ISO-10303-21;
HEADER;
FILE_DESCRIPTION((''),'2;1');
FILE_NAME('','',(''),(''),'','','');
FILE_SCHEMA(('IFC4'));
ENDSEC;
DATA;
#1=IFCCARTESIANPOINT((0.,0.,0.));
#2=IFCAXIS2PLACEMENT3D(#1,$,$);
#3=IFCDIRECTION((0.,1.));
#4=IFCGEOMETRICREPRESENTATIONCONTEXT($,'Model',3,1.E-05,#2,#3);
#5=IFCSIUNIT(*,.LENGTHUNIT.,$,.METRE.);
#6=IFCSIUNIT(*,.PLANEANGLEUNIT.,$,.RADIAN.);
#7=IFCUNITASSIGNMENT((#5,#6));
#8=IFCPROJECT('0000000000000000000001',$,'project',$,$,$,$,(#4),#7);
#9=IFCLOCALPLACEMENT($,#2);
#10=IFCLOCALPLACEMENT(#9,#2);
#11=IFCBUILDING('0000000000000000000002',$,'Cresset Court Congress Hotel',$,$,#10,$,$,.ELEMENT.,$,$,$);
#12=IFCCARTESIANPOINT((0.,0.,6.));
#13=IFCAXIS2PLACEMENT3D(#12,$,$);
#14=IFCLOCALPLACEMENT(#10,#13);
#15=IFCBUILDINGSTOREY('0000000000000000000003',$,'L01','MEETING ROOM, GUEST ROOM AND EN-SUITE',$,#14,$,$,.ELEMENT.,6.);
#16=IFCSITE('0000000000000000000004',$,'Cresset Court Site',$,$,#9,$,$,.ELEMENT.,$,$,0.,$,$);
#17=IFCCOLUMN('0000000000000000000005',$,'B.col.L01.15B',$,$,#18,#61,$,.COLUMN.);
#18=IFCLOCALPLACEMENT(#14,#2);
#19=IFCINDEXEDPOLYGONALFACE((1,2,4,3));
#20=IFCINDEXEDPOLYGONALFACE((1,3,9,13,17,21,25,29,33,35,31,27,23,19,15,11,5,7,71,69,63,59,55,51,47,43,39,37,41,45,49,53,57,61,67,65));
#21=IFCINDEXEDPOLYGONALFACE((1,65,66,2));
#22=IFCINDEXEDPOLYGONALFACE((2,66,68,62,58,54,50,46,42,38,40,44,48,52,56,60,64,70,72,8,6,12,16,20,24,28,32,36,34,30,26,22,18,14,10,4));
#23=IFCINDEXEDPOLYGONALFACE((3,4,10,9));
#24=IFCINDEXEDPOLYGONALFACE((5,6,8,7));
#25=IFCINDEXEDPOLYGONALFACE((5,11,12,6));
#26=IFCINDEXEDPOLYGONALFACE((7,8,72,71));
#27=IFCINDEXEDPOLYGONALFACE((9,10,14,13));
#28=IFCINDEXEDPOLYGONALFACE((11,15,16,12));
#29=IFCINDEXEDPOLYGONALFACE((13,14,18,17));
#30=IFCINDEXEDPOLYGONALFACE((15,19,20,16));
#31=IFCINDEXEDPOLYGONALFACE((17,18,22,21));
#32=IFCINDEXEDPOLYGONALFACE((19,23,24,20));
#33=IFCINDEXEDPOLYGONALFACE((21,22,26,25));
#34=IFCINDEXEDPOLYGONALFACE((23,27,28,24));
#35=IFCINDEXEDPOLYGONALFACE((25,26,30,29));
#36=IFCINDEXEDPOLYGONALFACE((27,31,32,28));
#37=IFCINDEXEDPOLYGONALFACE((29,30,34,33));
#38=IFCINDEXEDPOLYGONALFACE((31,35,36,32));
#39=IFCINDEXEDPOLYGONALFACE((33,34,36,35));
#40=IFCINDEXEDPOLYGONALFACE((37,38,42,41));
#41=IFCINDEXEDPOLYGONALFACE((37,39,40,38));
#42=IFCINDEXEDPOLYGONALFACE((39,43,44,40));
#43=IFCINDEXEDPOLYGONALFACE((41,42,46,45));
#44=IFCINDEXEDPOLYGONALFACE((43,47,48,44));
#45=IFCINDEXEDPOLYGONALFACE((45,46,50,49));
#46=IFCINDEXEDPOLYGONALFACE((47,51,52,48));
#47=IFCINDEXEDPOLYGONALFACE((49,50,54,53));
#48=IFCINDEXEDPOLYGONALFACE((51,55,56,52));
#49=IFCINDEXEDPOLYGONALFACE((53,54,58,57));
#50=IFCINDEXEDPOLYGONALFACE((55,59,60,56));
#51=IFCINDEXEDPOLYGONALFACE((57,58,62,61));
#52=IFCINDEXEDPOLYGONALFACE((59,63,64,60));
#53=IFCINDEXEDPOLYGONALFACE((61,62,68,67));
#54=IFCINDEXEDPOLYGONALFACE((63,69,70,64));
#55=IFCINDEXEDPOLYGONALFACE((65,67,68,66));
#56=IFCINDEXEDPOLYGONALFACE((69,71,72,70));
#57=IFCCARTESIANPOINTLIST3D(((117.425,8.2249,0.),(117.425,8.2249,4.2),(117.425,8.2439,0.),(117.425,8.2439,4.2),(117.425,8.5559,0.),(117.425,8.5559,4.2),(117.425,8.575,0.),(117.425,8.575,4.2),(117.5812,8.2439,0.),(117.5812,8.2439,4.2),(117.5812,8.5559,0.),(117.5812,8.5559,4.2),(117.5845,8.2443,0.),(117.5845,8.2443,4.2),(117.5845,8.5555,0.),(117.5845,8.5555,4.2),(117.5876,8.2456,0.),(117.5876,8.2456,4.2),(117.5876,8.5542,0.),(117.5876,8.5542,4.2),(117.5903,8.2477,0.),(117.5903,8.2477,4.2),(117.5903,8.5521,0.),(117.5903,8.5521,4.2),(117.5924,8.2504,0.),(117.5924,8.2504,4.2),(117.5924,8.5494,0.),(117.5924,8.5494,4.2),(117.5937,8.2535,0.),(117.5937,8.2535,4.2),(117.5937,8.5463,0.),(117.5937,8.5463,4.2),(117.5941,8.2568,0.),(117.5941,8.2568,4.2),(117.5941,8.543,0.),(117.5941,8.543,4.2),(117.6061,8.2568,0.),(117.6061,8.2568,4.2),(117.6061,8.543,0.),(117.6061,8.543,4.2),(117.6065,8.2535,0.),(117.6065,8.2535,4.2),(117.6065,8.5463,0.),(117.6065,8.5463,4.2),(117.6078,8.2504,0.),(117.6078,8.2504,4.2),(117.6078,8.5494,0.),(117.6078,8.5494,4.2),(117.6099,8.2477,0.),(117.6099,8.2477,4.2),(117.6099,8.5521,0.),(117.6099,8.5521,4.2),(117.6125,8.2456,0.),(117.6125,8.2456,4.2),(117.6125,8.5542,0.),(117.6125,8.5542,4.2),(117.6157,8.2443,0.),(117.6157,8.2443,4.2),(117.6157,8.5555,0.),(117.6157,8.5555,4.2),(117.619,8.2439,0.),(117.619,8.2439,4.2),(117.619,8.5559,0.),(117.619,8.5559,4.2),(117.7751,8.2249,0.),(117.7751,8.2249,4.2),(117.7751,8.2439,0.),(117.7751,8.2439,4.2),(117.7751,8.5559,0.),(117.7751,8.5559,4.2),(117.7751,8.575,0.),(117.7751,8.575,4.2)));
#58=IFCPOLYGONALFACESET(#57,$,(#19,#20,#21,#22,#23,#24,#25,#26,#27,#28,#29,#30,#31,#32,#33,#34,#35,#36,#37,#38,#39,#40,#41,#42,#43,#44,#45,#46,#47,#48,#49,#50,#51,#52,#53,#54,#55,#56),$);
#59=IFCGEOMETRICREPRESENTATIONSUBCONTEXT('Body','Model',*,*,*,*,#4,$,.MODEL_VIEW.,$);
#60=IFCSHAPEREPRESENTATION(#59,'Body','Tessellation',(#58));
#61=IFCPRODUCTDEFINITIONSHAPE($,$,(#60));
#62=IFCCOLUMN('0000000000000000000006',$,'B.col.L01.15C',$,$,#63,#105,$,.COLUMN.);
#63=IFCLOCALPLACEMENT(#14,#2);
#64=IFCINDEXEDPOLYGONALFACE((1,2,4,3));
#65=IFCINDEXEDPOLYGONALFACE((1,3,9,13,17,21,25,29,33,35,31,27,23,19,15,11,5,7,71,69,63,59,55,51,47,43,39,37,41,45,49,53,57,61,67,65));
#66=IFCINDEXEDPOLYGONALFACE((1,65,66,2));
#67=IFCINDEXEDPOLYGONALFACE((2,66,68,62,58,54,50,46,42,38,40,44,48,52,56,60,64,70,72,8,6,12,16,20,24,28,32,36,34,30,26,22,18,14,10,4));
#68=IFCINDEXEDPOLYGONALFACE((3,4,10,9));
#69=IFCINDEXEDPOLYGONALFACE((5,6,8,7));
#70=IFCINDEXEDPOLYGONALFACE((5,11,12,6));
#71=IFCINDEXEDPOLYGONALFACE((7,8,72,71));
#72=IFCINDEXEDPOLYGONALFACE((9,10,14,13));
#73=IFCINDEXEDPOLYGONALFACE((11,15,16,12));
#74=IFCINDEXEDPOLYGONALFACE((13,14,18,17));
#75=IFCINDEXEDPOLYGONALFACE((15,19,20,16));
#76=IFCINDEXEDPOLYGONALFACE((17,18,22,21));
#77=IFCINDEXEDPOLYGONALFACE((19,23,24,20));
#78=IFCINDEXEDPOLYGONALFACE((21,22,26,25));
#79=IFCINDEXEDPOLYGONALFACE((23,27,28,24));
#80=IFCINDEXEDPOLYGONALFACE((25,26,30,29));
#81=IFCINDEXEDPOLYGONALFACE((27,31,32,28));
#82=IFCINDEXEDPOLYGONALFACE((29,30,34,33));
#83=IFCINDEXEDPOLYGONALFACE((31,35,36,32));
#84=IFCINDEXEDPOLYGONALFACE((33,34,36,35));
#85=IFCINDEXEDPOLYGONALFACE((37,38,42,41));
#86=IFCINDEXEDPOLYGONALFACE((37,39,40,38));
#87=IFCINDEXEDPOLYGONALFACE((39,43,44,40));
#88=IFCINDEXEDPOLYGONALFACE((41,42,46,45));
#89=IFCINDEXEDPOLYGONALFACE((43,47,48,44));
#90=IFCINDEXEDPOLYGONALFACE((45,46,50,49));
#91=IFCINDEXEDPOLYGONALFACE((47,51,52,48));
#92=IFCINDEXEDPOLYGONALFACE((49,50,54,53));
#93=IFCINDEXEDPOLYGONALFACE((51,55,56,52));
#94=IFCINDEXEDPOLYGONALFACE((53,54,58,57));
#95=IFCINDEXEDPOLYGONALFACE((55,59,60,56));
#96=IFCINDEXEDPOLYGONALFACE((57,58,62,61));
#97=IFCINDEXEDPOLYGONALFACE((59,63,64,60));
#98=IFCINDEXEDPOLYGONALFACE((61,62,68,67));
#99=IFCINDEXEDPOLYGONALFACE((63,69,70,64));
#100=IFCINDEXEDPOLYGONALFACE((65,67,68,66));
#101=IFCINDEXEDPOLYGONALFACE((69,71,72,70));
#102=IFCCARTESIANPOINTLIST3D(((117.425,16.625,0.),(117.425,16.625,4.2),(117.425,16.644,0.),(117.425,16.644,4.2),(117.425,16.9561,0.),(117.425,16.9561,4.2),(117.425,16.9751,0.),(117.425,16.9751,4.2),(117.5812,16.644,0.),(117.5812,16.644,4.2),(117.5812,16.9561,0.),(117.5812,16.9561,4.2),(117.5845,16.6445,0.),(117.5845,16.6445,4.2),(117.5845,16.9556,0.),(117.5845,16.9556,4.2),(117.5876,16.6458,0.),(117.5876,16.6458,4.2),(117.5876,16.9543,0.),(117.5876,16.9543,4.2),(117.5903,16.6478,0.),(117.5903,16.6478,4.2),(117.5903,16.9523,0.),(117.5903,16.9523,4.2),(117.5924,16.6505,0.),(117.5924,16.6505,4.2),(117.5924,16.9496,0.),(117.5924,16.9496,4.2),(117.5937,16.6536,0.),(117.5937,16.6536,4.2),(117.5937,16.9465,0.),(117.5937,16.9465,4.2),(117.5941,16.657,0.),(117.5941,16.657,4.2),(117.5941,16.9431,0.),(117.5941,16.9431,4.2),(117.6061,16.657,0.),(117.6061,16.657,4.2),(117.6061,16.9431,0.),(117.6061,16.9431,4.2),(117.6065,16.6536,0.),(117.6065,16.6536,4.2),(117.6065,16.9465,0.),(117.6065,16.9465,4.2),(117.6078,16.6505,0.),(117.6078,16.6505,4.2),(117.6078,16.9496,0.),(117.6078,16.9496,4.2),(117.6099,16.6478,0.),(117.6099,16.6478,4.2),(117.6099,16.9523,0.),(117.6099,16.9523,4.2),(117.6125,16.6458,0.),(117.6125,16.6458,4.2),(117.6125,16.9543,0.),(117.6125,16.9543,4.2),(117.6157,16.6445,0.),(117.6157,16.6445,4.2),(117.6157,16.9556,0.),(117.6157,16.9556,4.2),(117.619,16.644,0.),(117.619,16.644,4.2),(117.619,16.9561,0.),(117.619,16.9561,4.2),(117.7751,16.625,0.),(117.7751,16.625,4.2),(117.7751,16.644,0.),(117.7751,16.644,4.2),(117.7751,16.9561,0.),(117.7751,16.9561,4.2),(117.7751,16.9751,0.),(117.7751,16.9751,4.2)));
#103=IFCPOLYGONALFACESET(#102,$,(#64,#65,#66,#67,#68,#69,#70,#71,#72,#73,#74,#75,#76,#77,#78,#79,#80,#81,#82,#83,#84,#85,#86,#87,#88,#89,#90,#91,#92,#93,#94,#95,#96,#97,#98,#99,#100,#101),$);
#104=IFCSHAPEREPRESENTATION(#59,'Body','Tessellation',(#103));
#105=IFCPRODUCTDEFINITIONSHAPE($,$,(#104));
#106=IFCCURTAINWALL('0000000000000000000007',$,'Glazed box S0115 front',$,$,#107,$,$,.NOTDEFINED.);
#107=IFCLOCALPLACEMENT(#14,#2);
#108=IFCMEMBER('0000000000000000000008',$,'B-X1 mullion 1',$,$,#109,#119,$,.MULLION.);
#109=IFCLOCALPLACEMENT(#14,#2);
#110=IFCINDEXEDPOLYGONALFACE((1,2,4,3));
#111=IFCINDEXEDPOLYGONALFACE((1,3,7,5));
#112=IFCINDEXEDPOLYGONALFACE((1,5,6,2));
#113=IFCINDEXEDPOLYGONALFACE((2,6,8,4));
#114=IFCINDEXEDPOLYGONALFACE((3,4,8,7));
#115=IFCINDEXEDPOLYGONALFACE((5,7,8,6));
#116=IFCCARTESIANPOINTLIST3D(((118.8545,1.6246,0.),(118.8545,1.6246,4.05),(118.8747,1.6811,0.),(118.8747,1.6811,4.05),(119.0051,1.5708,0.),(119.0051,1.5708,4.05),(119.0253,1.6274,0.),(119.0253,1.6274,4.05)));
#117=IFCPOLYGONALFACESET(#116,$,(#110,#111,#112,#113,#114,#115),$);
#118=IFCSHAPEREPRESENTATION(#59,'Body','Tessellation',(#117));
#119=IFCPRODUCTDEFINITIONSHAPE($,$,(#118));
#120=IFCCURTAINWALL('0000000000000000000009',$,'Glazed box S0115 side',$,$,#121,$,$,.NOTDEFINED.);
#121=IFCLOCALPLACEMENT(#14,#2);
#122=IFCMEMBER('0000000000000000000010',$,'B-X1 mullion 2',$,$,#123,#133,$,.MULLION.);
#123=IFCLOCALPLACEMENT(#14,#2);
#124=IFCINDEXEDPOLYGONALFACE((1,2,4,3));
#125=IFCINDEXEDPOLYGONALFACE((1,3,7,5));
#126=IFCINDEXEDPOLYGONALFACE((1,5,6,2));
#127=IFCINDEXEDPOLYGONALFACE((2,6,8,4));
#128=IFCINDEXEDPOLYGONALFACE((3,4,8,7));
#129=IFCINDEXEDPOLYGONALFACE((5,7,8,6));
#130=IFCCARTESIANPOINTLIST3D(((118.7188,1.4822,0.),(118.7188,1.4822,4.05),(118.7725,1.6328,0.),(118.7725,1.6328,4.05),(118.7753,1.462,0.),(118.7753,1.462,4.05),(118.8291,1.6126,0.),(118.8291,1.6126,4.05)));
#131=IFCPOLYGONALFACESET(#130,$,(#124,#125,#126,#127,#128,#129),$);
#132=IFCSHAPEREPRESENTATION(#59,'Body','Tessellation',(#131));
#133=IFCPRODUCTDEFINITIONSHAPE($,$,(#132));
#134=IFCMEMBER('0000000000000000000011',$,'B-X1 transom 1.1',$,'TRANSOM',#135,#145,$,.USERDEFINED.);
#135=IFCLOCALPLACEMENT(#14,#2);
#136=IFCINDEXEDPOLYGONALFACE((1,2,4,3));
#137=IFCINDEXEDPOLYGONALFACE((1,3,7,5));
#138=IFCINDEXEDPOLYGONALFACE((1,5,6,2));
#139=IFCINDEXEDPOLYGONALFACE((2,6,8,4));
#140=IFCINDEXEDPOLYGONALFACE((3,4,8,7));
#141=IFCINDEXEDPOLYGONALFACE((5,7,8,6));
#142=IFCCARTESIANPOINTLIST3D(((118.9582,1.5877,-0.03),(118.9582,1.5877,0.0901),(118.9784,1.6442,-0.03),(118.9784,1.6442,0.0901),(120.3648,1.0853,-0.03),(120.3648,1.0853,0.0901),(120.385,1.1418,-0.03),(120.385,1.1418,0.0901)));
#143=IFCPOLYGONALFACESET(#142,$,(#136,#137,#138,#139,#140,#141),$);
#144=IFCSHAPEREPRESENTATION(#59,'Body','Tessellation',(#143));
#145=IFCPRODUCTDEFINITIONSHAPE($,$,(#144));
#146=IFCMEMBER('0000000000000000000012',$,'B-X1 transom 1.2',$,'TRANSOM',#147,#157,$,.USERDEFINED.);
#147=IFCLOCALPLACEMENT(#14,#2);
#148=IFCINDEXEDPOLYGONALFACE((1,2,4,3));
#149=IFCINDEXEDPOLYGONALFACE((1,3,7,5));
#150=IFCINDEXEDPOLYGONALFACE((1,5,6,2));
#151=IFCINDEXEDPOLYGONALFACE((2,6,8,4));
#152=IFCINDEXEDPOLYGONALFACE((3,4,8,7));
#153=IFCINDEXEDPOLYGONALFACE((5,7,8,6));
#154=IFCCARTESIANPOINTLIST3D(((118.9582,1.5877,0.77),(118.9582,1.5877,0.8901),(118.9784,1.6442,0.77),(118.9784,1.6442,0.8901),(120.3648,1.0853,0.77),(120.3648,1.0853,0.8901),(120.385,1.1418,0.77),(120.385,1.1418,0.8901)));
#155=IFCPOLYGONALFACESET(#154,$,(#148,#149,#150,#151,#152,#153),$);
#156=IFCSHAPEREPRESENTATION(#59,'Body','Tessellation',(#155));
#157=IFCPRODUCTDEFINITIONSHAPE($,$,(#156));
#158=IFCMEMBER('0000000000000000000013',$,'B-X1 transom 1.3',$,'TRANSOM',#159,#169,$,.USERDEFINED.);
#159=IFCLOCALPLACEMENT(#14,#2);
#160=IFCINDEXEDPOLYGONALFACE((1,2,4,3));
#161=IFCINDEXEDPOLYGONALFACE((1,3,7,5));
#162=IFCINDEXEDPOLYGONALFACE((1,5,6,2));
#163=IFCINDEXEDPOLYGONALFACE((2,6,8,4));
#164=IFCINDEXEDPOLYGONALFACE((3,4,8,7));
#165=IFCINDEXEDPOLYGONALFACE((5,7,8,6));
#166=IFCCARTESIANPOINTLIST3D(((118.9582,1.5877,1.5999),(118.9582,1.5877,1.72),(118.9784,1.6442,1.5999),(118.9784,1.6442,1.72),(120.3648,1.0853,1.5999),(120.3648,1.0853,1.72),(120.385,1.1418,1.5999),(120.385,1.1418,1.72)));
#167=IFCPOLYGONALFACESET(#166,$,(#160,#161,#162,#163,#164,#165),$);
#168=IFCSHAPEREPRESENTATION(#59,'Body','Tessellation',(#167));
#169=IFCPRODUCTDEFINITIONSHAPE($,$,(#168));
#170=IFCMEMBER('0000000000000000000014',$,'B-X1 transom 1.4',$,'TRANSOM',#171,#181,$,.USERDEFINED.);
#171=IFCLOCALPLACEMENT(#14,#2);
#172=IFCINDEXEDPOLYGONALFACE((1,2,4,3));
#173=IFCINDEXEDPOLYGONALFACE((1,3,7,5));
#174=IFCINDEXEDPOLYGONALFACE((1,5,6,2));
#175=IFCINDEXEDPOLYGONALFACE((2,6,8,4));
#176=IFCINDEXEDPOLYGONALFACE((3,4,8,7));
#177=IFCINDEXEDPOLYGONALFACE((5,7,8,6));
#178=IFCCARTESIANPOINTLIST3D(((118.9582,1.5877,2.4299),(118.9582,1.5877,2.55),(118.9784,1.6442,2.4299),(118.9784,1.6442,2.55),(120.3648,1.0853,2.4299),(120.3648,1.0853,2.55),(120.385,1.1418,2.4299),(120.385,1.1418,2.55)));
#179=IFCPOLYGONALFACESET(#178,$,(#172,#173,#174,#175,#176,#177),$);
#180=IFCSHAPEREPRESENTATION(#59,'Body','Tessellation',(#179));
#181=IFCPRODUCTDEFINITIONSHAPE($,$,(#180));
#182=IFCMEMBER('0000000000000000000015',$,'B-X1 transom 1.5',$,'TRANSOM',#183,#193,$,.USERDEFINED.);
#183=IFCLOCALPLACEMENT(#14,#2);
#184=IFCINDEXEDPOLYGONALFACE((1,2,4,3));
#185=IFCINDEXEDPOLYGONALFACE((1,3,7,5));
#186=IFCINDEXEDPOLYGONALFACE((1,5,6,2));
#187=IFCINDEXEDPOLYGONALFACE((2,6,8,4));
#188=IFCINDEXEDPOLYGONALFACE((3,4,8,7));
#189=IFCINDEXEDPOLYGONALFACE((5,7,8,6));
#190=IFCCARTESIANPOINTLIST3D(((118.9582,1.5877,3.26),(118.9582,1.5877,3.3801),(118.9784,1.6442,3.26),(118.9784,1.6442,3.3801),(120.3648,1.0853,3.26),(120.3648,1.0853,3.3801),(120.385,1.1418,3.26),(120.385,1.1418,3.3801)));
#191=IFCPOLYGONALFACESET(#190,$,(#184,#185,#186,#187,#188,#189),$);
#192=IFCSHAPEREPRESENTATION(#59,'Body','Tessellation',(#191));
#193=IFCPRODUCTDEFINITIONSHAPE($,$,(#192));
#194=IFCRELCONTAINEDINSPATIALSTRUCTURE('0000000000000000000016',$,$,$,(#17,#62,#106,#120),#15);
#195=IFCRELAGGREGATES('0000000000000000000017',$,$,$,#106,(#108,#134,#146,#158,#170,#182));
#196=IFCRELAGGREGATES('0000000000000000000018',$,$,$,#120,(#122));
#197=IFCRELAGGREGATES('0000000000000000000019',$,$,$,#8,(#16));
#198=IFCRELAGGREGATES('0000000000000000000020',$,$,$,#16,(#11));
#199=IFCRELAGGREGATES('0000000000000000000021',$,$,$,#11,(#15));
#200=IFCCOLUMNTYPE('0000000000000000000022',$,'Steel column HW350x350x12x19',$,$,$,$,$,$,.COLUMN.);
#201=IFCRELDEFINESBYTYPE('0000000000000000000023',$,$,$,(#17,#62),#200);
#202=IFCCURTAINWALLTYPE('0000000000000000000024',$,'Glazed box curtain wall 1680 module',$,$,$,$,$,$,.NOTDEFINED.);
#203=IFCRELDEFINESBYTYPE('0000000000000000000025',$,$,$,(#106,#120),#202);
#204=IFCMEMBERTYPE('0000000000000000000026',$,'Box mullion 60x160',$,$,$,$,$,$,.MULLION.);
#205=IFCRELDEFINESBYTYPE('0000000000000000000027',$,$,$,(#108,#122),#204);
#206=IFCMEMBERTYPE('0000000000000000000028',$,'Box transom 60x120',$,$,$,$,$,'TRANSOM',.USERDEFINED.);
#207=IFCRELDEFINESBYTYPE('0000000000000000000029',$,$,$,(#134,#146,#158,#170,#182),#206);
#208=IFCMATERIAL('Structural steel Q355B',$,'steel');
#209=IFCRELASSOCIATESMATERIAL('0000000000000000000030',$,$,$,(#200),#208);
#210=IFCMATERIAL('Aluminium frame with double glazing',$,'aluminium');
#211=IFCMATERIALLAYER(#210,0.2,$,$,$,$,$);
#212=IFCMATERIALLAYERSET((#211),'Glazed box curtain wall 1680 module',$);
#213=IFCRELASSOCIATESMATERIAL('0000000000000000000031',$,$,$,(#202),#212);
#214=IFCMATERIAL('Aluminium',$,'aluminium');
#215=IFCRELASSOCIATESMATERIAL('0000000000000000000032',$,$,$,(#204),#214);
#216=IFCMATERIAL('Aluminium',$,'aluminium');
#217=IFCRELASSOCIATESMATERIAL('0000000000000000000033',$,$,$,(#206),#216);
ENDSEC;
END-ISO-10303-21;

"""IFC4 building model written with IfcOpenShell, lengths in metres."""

from ifc_helpers import new_model, si_unit, direction, frame, origin, origin_2d, place, context, subcontext, project, spatial, rectangle, i_section, extrude, material, layer, layer_set, material_profile, profile_set, type_object, element, aggregate, save


model = new_model("IFC4")

# Units and contexts
model_context = context("Model", 3, precision=1e-05, world=origin(), true_north=direction((0.0, 1.0)))
body_context = subcontext(model_context, "Body", "Model", "MODEL_VIEW")
ifc_project = project(units=[si_unit("LENGTHUNIT", "METRE"), si_unit("PLANEANGLEUNIT", "RADIAN")], contexts=[model_context])

# Site, building, storey
site_placement = place(None, origin())
site = spatial("IfcSite", under=ifc_project, at=site_placement, Name="Cresset Court Site", CompositionType="ELEMENT", RefElevation=0.0)
building_placement = place(site_placement, origin())
building = spatial("IfcBuilding", under=site, at=building_placement, Name="Cresset Court Congress Hotel", CompositionType="ELEMENT")
storey_placement = place(building_placement, frame((0.0, 0.0, 6.0)))
storey = spatial("IfcBuildingStorey", under=building, at=storey_placement, Name="L01", Description="MEETING ROOM, GUEST ROOM AND EN-SUITE", CompositionType="ELEMENT", Elevation=6.0)

# Columns
ifc_material_1 = material(Name="Structural steel Q355B", Category="steel")
ifc_material_profile_1 = material_profile(ifc_material_1, i_section(OverallWidth=0.3501, OverallDepth=0.3501, WebThickness=0.012, FlangeThickness=0.019, FilletRadius=0.0129, at=origin_2d()), Name="HW350x350x12x19")
ifc_profile_set_1 = profile_set([ifc_material_profile_1], Name="Structural steel Q355B")
column_type = type_object("IfcColumnType", Name="Steel column HW350x350x12x19", PredefinedType="COLUMN", material=ifc_profile_set_1)
for number, where, z_axis, x_axis, name in (
    (1, (117.6001, 8.3999, 0.0), (0.0, 0.0, 1.0), (1.0, 0.0, 0.0), "B.col.L01.15B"),
    (2, (117.6001, 16.8, 0.0), (0.0, 0.0, 1.0), (1.0, 0.0, 0.0), "B.col.L01.15C"),
):
    element("IfcColumn", number, at=place(storey_placement, frame(where, z_axis=z_axis, x_axis=x_axis)), inside=storey, type_object=column_type, Name=name, PredefinedType="COLUMN", context=body_context, shape_type="SweptSolid", body=[
        extrude(i_section(OverallWidth=0.3501, OverallDepth=0.3501, WebThickness=0.012, FlangeThickness=0.019, FilletRadius=0.0129, at=origin_2d()), origin(), (0.0, 0.0, 1.0), 4.2),
    ])

# Curtain walls, members
ifc_material_2 = material(Name="Aluminium frame with double glazing", Category="aluminium")
ifc_layer_1 = layer(ifc_material_2, 0.2)
ifc_layer_set_1 = layer_set([ifc_layer_1], Name="Glazed box curtain wall 1680 module")
curtain_wall_type = type_object("IfcCurtainWallType", Name="Glazed box curtain wall 1680 module", PredefinedType="NOTDEFINED", material=ifc_layer_set_1)
curtain_wall_1_placement = place(storey_placement, origin())
curtain_wall_1 = element("IfcCurtainWall", 3, at=curtain_wall_1_placement, inside=storey, type_object=curtain_wall_type, Name="Glazed box S0115 front", PredefinedType="NOTDEFINED")
ifc_material_3 = material(Name="Aluminium", Category="aluminium")
ifc_material_profile_2 = material_profile(ifc_material_3, rectangle(XDim=0.0601, YDim=0.1599, at=origin_2d()), Name="Box mullion 60x160")
ifc_profile_set_2 = profile_set([ifc_material_profile_2], Name="Aluminium")
member_type_1 = type_object("IfcMemberType", Name="Box mullion 60x160", PredefinedType="MULLION", material=ifc_profile_set_2)
member_1_placement = place(storey_placement, frame((118.9399, 1.626, 0.0), z_axis=(0.0, 0.0, 1.0), x_axis=(0.336336, 0.941742, 0.0)))
member_1 = element("IfcMember", 4, at=member_1_placement, type_object=member_type_1, Name="B-X1 mullion 1", PredefinedType="MULLION", context=body_context, shape_type="SweptSolid", body=[
    extrude(rectangle(XDim=0.0601, YDim=0.1599, at=origin_2d()), origin(), (0.0, 0.0, 1.0), 4.05),
])
curtain_wall_2_placement = place(storey_placement, origin())
curtain_wall_2 = element("IfcCurtainWall", 5, at=curtain_wall_2_placement, inside=storey, type_object=curtain_wall_type, Name="Glazed box S0115 side", PredefinedType="NOTDEFINED")
member_2_placement = place(storey_placement, frame((118.7739, 1.5474, 0.0), z_axis=(0.0, 0.0, 1.0), x_axis=(-0.941742, 0.336336, 0.0)))
member_2 = element("IfcMember", 6, at=member_2_placement, type_object=member_type_1, Name="B-X1 mullion 2", PredefinedType="MULLION", context=body_context, shape_type="SweptSolid", body=[
    extrude(rectangle(XDim=0.0601, YDim=0.1599, at=origin_2d()), origin(), (0.0, 0.0, 1.0), 4.05),
])

# Members
ifc_material_4 = material(Name="Aluminium", Category="aluminium")
ifc_material_profile_3 = material_profile(ifc_material_4, rectangle(XDim=0.0601, YDim=0.1201, at=origin_2d()), Name="Box transom 60x120")
ifc_profile_set_3 = profile_set([ifc_material_profile_3], Name="Aluminium")
member_type_2 = type_object("IfcMemberType", Name="Box transom 60x120", ElementType="TRANSOM", PredefinedType="USERDEFINED", material=ifc_profile_set_3)
member_3_placement = place(storey_placement, frame((118.9683, 1.616, 0.03), z_axis=(0.941735, -0.336357, 0.0), x_axis=(0.336357, 0.941735, 0.0)))
member_3 = element("IfcMember", 7, at=member_3_placement, type_object=member_type_2, Name="B-X1 transom 1.1", ObjectType="TRANSOM", PredefinedType="USERDEFINED", context=body_context, shape_type="SweptSolid", body=[
    extrude(rectangle(XDim=0.0601, YDim=0.1201, at=origin_2d()), origin(), (0.0, 0.0, 1.0), 1.4937),
])
member_4_placement = place(storey_placement, frame((118.9683, 1.616, 0.8301), z_axis=(0.941735, -0.336357, 0.0), x_axis=(0.336357, 0.941735, 0.0)))
member_4 = element("IfcMember", 8, at=member_4_placement, type_object=member_type_2, Name="B-X1 transom 1.2", ObjectType="TRANSOM", PredefinedType="USERDEFINED", context=body_context, shape_type="SweptSolid", body=[
    extrude(rectangle(XDim=0.0601, YDim=0.1201, at=origin_2d()), origin(), (0.0, 0.0, 1.0), 1.4937),
])
member_5_placement = place(storey_placement, frame((118.9683, 1.616, 1.6599), z_axis=(0.941735, -0.336357, 0.0), x_axis=(0.336357, 0.941735, 0.0)))
member_5 = element("IfcMember", 9, at=member_5_placement, type_object=member_type_2, Name="B-X1 transom 1.3", ObjectType="TRANSOM", PredefinedType="USERDEFINED", context=body_context, shape_type="SweptSolid", body=[
    extrude(rectangle(XDim=0.0601, YDim=0.1201, at=origin_2d()), origin(), (0.0, 0.0, 1.0), 1.4937),
])
member_6_placement = place(storey_placement, frame((118.9683, 1.616, 2.49), z_axis=(0.941735, -0.336357, 0.0), x_axis=(0.336357, 0.941735, 0.0)))
member_6 = element("IfcMember", 10, at=member_6_placement, type_object=member_type_2, Name="B-X1 transom 1.4", ObjectType="TRANSOM", PredefinedType="USERDEFINED", context=body_context, shape_type="SweptSolid", body=[
    extrude(rectangle(XDim=0.0601, YDim=0.1201, at=origin_2d()), origin(), (0.0, 0.0, 1.0), 1.4937),
])
member_7_placement = place(storey_placement, frame((118.9683, 1.616, 3.3201), z_axis=(0.941735, -0.336357, 0.0), x_axis=(0.336357, 0.941735, 0.0)))
member_7 = element("IfcMember", 11, at=member_7_placement, type_object=member_type_2, Name="B-X1 transom 1.5", ObjectType="TRANSOM", PredefinedType="USERDEFINED", context=body_context, shape_type="SweptSolid", body=[
    extrude(rectangle(XDim=0.0601, YDim=0.1201, at=origin_2d()), origin(), (0.0, 0.0, 1.0), 1.4937),
])
aggregate(curtain_wall_1, [member_1, member_3, member_4, member_5, member_6, member_7])

aggregate(curtain_wall_2, [member_2])

save(model, "model.ifc")
